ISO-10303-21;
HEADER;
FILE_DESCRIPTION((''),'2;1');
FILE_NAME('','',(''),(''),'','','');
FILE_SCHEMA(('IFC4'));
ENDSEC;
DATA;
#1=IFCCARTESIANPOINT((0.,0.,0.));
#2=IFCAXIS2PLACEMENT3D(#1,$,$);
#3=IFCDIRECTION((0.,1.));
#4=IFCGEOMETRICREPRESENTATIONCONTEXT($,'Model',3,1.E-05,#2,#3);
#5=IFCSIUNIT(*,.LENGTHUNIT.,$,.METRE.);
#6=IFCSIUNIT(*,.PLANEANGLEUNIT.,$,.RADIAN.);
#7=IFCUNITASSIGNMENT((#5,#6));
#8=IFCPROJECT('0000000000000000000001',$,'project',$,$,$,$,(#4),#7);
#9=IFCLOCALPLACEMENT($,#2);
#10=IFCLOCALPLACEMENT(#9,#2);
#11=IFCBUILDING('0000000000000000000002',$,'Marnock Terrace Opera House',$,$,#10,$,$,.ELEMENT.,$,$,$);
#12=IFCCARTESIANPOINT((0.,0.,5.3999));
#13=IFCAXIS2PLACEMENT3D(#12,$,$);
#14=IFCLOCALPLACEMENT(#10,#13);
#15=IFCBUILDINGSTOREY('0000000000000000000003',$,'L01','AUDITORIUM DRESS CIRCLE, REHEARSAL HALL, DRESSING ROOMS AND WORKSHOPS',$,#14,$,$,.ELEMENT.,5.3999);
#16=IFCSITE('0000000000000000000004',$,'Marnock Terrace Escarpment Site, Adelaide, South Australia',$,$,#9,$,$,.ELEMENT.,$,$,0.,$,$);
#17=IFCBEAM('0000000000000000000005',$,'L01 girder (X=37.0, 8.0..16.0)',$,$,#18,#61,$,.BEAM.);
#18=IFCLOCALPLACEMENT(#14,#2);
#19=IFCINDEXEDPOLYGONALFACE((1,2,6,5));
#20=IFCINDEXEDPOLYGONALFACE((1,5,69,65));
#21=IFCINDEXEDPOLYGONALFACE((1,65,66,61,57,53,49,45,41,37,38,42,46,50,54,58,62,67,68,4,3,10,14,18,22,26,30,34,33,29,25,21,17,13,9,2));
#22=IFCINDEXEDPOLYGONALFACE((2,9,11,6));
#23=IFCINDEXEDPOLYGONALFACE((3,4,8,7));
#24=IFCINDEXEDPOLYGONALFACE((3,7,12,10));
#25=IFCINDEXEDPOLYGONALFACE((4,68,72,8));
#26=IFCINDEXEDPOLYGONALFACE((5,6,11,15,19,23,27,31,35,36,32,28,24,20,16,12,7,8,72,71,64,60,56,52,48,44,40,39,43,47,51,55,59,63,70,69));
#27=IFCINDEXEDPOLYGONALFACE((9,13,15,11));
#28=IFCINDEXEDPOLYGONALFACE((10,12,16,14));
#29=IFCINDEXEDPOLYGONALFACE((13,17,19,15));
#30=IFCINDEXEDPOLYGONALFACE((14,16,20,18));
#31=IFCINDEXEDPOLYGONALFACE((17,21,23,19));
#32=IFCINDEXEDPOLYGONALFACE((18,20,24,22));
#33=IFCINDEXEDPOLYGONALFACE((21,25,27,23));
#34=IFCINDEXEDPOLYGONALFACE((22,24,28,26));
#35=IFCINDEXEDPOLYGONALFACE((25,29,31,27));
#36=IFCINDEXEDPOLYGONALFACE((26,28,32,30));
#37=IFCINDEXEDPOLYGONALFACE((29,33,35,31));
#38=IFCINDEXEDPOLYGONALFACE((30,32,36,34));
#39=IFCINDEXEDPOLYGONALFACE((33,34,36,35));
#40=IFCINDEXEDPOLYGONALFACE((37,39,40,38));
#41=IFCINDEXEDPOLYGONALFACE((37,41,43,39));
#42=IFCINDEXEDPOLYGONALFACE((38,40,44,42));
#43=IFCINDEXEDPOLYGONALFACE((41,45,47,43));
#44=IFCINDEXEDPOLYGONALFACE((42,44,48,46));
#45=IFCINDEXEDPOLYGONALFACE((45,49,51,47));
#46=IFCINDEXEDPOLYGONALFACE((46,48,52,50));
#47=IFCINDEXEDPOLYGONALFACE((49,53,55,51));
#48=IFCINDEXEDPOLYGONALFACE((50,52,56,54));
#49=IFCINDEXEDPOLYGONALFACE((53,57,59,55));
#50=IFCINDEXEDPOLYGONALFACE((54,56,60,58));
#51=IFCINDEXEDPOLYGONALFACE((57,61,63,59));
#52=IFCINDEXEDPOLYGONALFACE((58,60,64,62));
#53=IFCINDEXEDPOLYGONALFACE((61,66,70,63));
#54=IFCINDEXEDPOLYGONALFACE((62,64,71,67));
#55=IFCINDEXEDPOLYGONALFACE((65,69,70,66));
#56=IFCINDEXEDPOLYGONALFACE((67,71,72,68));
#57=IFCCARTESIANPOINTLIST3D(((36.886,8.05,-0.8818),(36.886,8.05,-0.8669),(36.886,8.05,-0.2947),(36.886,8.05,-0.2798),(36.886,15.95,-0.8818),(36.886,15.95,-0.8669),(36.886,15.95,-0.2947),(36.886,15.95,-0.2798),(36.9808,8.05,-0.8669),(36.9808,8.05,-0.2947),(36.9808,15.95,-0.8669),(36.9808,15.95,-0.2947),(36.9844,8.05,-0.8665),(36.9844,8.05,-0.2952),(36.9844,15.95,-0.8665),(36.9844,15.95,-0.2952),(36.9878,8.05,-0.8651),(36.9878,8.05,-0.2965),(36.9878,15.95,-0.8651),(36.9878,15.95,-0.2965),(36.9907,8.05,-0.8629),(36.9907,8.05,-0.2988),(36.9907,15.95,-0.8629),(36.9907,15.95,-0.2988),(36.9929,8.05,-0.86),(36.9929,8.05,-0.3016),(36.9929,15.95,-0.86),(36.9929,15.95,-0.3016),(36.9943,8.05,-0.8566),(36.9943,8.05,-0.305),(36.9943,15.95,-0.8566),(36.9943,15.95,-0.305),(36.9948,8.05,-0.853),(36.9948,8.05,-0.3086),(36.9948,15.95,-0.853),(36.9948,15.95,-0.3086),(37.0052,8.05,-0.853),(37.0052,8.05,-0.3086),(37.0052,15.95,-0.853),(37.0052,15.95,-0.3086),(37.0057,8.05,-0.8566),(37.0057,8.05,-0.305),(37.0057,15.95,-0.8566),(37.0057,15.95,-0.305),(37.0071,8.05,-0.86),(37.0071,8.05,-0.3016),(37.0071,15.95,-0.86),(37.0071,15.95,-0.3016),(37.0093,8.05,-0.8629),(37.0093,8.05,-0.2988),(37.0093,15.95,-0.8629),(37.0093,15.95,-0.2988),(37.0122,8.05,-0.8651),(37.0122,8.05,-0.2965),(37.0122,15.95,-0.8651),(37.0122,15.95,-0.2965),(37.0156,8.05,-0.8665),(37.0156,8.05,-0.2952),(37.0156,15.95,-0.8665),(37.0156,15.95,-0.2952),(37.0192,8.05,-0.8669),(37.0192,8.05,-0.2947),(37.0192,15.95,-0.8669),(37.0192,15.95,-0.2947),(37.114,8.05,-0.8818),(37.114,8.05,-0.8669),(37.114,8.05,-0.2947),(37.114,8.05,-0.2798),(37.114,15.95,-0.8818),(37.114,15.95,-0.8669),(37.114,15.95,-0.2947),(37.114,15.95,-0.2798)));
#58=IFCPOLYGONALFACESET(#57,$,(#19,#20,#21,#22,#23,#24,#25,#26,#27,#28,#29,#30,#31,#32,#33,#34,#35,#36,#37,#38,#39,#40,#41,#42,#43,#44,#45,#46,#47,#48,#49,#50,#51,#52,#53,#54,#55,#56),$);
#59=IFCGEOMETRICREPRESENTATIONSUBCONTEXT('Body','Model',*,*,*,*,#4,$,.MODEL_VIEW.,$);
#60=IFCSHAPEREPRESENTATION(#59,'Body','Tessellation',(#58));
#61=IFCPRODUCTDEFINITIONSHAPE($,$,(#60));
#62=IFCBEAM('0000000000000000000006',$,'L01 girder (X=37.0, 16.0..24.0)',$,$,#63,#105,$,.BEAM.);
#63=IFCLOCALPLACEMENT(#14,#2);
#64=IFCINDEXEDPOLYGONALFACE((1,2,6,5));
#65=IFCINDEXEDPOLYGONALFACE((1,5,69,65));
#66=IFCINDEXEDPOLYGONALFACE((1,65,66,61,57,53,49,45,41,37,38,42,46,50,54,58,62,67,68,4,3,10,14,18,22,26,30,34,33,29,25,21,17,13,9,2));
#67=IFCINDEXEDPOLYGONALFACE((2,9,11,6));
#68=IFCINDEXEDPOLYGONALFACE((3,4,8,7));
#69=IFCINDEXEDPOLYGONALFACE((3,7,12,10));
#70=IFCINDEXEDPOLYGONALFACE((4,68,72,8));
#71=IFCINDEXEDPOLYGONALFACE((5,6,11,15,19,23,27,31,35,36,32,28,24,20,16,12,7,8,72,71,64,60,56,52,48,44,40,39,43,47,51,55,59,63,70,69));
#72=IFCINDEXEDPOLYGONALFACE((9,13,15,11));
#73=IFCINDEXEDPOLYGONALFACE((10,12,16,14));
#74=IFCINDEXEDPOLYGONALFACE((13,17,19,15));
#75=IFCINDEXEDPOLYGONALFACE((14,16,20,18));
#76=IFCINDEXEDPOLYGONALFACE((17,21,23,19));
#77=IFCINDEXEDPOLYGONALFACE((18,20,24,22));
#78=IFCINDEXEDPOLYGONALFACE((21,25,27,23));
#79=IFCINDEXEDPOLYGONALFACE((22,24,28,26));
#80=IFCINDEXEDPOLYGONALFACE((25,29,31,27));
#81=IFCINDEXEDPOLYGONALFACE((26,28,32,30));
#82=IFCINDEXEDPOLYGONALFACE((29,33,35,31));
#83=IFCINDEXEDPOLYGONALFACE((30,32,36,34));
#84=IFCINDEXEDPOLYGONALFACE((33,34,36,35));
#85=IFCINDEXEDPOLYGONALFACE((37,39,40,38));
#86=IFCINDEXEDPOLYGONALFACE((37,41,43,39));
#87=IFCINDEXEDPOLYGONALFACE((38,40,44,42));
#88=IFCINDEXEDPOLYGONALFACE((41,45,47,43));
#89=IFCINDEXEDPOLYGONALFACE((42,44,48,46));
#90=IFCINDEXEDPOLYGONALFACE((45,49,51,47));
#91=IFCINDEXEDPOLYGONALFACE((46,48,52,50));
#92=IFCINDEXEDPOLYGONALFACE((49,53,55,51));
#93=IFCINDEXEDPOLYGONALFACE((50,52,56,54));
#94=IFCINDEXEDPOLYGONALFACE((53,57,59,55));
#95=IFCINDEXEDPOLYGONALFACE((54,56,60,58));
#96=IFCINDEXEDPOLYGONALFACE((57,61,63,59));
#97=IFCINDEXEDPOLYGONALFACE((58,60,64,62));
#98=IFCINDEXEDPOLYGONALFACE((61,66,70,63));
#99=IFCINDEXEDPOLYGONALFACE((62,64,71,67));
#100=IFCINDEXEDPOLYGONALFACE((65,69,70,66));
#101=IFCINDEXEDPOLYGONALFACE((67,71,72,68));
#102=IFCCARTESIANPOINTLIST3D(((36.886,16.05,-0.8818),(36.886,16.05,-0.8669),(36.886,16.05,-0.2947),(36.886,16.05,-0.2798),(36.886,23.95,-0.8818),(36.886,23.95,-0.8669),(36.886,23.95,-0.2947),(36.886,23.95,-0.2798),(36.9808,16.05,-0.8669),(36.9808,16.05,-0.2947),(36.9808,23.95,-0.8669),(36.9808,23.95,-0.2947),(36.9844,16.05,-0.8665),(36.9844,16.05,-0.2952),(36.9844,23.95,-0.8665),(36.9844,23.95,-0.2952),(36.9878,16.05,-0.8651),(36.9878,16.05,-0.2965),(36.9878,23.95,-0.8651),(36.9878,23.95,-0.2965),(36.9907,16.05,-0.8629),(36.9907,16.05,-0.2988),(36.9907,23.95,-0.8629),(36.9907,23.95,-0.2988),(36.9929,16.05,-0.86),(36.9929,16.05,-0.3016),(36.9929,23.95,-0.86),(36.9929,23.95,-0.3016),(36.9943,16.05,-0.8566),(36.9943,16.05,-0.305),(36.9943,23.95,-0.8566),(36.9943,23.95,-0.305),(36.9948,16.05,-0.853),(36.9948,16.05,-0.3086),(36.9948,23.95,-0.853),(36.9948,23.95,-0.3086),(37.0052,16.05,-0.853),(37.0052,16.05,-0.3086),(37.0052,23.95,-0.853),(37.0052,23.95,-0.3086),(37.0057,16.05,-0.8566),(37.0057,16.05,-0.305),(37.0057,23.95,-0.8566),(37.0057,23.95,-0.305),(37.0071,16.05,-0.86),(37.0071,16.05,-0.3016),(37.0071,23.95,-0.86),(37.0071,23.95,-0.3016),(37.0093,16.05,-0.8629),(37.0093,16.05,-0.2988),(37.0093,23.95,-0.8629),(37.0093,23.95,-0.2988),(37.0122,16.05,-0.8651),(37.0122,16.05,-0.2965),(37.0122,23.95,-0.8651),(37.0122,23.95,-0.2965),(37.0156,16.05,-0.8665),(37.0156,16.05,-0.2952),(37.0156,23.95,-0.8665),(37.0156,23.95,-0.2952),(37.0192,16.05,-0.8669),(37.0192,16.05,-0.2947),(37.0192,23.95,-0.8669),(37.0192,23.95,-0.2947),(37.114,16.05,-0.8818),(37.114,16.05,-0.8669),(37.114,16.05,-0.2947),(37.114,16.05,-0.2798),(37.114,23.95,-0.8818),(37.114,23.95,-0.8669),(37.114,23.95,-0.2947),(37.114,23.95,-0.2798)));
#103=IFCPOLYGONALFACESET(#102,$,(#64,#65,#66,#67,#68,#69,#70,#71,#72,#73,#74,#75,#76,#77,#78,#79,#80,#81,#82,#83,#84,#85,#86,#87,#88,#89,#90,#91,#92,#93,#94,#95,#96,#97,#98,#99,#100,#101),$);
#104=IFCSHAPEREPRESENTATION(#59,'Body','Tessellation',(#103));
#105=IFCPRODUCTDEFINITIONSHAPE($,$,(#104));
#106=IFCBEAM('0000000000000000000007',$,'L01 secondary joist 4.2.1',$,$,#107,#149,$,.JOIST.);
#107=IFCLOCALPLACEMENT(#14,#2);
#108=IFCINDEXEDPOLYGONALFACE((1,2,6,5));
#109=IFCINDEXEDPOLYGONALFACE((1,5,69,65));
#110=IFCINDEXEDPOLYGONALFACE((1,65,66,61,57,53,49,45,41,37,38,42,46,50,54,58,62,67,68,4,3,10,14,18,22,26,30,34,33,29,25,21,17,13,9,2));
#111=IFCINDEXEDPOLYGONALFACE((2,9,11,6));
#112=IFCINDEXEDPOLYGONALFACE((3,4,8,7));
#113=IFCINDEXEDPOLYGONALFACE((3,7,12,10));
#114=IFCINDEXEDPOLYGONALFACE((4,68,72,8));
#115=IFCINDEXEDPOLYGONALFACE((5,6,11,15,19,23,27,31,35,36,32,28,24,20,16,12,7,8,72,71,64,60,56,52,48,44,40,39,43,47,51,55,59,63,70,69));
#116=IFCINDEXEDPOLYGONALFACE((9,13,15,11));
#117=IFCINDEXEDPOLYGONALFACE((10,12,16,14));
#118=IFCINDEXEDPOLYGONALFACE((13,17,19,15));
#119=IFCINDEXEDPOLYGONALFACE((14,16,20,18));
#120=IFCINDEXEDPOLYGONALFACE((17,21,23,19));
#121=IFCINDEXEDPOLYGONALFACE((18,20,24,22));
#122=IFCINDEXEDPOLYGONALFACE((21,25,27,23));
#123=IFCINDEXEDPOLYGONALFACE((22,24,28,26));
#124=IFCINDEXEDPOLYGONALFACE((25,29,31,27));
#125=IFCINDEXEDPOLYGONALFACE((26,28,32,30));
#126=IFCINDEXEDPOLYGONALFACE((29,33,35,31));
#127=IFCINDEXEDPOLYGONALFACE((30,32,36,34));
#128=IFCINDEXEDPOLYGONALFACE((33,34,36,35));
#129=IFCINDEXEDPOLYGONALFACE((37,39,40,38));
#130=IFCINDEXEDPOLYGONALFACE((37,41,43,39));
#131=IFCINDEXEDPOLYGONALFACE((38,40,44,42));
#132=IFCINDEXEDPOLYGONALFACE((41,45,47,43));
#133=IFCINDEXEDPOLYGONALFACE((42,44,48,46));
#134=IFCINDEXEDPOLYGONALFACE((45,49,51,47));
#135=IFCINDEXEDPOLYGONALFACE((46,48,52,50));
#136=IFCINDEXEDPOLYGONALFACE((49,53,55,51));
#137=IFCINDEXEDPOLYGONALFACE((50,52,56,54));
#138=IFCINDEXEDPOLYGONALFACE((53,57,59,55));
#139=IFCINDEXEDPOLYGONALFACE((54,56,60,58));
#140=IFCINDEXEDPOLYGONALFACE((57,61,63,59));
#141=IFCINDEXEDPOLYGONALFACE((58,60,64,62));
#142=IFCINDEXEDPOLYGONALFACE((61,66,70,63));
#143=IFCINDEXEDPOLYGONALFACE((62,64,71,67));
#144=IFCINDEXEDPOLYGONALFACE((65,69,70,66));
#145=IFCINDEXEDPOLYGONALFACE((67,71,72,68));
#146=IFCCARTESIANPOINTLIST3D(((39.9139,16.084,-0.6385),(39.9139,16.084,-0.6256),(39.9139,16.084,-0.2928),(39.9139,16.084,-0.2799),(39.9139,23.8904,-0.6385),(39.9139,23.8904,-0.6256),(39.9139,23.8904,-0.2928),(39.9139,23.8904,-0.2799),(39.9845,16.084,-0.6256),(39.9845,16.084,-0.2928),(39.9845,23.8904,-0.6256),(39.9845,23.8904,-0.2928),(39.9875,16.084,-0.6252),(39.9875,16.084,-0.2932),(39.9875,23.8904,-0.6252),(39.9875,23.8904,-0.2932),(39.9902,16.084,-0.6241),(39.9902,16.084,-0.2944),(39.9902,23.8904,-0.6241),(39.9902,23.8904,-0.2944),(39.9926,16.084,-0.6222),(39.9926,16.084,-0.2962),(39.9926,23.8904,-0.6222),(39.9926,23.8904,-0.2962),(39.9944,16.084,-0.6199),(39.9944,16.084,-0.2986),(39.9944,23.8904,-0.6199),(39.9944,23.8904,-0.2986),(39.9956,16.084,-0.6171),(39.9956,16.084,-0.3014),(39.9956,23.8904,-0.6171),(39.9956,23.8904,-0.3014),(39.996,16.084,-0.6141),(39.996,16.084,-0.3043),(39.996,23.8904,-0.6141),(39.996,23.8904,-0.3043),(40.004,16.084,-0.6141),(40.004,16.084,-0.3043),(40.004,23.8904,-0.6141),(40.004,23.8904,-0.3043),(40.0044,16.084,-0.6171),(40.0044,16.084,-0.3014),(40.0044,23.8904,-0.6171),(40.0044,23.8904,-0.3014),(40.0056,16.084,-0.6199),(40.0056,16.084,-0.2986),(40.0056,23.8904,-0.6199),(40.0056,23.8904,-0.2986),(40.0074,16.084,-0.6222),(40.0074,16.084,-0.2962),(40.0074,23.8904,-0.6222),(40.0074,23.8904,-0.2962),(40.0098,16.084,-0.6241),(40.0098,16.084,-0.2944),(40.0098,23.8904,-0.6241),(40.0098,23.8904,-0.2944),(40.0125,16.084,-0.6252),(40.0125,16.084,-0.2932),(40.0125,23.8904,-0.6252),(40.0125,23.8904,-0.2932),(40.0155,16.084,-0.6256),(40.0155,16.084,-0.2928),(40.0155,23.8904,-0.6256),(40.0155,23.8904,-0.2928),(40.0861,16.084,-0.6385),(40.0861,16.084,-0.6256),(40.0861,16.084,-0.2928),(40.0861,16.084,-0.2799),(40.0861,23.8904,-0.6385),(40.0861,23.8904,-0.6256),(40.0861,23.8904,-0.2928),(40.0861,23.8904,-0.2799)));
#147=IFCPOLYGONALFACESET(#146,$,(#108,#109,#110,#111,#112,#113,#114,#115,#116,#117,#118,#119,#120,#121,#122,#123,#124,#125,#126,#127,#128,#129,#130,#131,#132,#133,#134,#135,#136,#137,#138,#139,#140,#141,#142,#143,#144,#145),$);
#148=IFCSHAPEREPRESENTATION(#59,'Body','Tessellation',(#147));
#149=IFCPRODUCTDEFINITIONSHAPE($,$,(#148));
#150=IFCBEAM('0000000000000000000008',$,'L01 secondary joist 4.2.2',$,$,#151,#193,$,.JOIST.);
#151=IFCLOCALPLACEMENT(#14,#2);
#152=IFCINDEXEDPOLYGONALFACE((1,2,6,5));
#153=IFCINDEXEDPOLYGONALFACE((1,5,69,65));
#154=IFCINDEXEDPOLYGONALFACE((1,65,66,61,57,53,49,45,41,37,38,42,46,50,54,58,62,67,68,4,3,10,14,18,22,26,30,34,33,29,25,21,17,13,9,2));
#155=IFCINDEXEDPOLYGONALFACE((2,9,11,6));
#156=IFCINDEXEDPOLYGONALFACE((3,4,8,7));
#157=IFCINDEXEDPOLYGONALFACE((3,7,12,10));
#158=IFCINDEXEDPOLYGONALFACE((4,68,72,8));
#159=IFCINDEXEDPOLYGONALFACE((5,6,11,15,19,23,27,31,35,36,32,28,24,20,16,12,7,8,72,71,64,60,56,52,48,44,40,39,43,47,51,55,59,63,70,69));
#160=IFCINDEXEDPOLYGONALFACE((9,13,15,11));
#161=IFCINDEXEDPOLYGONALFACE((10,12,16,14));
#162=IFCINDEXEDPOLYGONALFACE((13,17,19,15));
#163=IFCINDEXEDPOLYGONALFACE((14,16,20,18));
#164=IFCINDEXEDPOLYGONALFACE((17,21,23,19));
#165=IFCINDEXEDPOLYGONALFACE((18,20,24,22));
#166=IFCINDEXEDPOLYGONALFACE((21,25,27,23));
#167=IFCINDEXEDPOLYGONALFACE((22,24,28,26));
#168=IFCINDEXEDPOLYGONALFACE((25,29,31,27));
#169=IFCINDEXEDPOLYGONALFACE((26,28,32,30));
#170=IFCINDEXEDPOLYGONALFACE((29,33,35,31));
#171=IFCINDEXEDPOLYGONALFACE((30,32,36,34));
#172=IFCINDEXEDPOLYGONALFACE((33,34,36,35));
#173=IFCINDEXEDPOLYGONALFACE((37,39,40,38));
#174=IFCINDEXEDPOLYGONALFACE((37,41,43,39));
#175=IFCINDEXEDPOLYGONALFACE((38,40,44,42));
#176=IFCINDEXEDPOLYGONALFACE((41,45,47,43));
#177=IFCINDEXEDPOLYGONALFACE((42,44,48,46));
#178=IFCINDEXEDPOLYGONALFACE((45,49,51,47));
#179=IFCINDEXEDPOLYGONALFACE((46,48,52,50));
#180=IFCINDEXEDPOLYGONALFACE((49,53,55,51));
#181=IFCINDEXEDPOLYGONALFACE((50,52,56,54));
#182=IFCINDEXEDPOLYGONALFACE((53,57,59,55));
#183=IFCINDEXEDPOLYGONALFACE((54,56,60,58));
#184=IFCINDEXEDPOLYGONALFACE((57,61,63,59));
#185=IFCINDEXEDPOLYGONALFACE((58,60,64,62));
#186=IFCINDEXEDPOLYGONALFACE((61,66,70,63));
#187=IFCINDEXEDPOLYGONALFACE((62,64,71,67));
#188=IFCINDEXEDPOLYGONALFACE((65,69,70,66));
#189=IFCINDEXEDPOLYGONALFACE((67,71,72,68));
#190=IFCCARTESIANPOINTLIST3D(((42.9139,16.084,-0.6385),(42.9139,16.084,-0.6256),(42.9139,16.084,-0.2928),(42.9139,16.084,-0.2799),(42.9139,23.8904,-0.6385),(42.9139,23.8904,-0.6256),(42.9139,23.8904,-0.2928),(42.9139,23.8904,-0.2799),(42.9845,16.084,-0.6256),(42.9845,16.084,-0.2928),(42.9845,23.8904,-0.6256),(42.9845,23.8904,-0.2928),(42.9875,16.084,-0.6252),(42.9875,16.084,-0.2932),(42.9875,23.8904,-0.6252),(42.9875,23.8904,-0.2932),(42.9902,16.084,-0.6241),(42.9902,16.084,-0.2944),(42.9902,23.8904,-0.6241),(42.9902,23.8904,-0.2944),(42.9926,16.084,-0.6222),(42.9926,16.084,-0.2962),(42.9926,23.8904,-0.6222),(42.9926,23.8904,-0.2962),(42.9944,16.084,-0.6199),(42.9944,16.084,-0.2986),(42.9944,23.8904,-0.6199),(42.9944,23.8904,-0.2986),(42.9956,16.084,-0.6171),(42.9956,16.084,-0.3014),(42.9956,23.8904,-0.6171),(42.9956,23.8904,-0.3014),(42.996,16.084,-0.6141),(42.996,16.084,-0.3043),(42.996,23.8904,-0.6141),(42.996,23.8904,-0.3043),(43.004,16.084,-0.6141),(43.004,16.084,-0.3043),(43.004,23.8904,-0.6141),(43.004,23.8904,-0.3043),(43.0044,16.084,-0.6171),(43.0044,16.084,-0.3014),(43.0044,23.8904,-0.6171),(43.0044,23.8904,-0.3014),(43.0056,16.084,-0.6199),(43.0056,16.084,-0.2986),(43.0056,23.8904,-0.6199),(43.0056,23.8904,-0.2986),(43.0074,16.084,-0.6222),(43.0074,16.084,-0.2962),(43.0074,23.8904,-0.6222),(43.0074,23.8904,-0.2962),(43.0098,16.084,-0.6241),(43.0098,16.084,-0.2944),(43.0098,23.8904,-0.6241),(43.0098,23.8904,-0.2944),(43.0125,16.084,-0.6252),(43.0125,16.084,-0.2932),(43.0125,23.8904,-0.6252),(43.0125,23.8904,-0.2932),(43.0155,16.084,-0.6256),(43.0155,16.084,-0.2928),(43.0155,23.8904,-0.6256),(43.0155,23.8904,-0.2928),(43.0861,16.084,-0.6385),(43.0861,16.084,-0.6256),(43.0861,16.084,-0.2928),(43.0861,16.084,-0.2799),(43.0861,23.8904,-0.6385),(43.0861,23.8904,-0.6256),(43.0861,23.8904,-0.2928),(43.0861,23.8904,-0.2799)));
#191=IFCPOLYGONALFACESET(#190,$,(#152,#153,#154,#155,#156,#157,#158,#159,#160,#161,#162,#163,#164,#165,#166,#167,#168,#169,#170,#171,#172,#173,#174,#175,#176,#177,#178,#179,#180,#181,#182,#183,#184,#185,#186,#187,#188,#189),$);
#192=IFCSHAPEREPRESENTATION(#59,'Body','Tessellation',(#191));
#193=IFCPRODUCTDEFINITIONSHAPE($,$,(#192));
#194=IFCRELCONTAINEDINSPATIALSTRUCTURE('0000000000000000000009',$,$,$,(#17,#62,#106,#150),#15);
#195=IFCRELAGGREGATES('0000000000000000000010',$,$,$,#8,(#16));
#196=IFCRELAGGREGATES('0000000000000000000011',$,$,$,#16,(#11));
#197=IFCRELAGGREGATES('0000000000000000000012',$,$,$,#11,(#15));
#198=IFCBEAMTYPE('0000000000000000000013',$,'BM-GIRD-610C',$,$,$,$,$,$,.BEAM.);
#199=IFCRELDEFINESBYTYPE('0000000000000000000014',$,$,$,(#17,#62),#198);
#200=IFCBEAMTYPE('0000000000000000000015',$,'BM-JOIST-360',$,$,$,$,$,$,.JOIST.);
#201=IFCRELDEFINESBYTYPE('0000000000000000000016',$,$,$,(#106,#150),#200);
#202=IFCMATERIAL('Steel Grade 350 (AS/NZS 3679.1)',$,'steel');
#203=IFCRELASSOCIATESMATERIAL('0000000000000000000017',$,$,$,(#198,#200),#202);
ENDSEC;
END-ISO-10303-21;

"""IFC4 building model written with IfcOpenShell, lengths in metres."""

from ifc_helpers import new_model, si_unit, direction, frame, origin, origin_2d, place, context, subcontext, project, spatial, i_section, extrude, material, material_profile, profile_set, type_object, element, save


model = new_model("IFC4")

# Units and contexts
model_context = context("Model", 3, precision=1e-05, world=origin(), true_north=direction((0.0, 1.0)))
body_context = subcontext(model_context, "Body", "Model", "MODEL_VIEW")
ifc_project = project(units=[si_unit("LENGTHUNIT", "METRE"), si_unit("PLANEANGLEUNIT", "RADIAN")], contexts=[model_context])

# Site, building, storey
site_placement = place(None, origin())
site = spatial("IfcSite", under=ifc_project, at=site_placement, Name="Marnock Terrace Escarpment Site, Adelaide, South Australia", CompositionType="ELEMENT", RefElevation=0.0)
building_placement = place(site_placement, origin())
building = spatial("IfcBuilding", under=site, at=building_placement, Name="Marnock Terrace Opera House", CompositionType="ELEMENT")
storey_placement = place(building_placement, frame((0.0, 0.0, 5.3999)))
storey = spatial("IfcBuildingStorey", under=building, at=storey_placement, Name="L01", Description="AUDITORIUM DRESS CIRCLE, REHEARSAL HALL, DRESSING ROOMS AND WORKSHOPS", CompositionType="ELEMENT", Elevation=5.3999)

# Shared definitions
ifc_material_1 = material(Name="Steel Grade 350 (AS/NZS 3679.1)", Category="steel")

# Beams
ifc_material_profile_1 = material_profile(ifc_material_1, i_section(OverallWidth=0.228, OverallDepth=0.6021, WebThickness=0.0105, FlangeThickness=0.0149, FilletRadius=0.0139, at=origin_2d()))
ifc_profile_set_1 = profile_set([ifc_material_profile_1], Name="Steel Grade 350 (AS/NZS 3679.1)")
beam_type_1 = type_object("IfcBeamType", Name="BM-GIRD-610C", PredefinedType="BEAM", material=ifc_profile_set_1)
for number, where, z_axis, x_axis, name in (
    (1, (37.0, 8.05, -0.5808), (0.0, 1.0, 0.0), (-1.0, 0.0, 0.0), "L01 girder (X=37.0, 8.0..16.0)"),
    (2, (37.0, 16.05, -0.5808), (0.0, 1.0, 0.0), (-1.0, 0.0, 0.0), "L01 girder (X=37.0, 16.0..24.0)"),
):
    element("IfcBeam", number, at=place(storey_placement, frame(where, z_axis=z_axis, x_axis=x_axis)), inside=storey, type_object=beam_type_1, Name=name, PredefinedType="BEAM", context=body_context, shape_type="SweptSolid", body=[
        extrude(i_section(OverallWidth=0.228, OverallDepth=0.6021, WebThickness=0.0105, FlangeThickness=0.0149, FilletRadius=0.0139, at=origin_2d()), origin(), (0.0, 0.0, 1.0), 7.8999),
    ])
ifc_material_profile_2 = material_profile(ifc_material_1, i_section(OverallWidth=0.1721, OverallDepth=0.3586, WebThickness=0.0081, FlangeThickness=0.0129, FilletRadius=0.0115, at=origin_2d()))
ifc_profile_set_2 = profile_set([ifc_material_profile_2], Name="Steel Grade 350 (AS/NZS 3679.1)")
beam_type_2 = type_object("IfcBeamType", Name="BM-JOIST-360", PredefinedType="JOIST", material=ifc_profile_set_2)
for number, where, z_axis, x_axis, name in (
    (3, (40.0, 16.084, -0.4592), (0.0, 1.0, 0.0), (-1.0, 0.0, 0.0), "L01 secondary joist 4.2.1"),
    (4, (43.0, 16.084, -0.4592), (0.0, 1.0, 0.0), (-1.0, 0.0, 0.0), "L01 secondary joist 4.2.2"),
):
    element("IfcBeam", number, at=place(storey_placement, frame(where, z_axis=z_axis, x_axis=x_axis)), inside=storey, type_object=beam_type_2, Name=name, PredefinedType="JOIST", context=body_context, shape_type="SweptSolid", body=[
        extrude(i_section(OverallWidth=0.1721, OverallDepth=0.3586, WebThickness=0.0081, FlangeThickness=0.0129, FilletRadius=0.0115, at=origin_2d()), origin(), (0.0, 0.0, 1.0), 7.8064),
    ])

save(model, "model.ifc")
